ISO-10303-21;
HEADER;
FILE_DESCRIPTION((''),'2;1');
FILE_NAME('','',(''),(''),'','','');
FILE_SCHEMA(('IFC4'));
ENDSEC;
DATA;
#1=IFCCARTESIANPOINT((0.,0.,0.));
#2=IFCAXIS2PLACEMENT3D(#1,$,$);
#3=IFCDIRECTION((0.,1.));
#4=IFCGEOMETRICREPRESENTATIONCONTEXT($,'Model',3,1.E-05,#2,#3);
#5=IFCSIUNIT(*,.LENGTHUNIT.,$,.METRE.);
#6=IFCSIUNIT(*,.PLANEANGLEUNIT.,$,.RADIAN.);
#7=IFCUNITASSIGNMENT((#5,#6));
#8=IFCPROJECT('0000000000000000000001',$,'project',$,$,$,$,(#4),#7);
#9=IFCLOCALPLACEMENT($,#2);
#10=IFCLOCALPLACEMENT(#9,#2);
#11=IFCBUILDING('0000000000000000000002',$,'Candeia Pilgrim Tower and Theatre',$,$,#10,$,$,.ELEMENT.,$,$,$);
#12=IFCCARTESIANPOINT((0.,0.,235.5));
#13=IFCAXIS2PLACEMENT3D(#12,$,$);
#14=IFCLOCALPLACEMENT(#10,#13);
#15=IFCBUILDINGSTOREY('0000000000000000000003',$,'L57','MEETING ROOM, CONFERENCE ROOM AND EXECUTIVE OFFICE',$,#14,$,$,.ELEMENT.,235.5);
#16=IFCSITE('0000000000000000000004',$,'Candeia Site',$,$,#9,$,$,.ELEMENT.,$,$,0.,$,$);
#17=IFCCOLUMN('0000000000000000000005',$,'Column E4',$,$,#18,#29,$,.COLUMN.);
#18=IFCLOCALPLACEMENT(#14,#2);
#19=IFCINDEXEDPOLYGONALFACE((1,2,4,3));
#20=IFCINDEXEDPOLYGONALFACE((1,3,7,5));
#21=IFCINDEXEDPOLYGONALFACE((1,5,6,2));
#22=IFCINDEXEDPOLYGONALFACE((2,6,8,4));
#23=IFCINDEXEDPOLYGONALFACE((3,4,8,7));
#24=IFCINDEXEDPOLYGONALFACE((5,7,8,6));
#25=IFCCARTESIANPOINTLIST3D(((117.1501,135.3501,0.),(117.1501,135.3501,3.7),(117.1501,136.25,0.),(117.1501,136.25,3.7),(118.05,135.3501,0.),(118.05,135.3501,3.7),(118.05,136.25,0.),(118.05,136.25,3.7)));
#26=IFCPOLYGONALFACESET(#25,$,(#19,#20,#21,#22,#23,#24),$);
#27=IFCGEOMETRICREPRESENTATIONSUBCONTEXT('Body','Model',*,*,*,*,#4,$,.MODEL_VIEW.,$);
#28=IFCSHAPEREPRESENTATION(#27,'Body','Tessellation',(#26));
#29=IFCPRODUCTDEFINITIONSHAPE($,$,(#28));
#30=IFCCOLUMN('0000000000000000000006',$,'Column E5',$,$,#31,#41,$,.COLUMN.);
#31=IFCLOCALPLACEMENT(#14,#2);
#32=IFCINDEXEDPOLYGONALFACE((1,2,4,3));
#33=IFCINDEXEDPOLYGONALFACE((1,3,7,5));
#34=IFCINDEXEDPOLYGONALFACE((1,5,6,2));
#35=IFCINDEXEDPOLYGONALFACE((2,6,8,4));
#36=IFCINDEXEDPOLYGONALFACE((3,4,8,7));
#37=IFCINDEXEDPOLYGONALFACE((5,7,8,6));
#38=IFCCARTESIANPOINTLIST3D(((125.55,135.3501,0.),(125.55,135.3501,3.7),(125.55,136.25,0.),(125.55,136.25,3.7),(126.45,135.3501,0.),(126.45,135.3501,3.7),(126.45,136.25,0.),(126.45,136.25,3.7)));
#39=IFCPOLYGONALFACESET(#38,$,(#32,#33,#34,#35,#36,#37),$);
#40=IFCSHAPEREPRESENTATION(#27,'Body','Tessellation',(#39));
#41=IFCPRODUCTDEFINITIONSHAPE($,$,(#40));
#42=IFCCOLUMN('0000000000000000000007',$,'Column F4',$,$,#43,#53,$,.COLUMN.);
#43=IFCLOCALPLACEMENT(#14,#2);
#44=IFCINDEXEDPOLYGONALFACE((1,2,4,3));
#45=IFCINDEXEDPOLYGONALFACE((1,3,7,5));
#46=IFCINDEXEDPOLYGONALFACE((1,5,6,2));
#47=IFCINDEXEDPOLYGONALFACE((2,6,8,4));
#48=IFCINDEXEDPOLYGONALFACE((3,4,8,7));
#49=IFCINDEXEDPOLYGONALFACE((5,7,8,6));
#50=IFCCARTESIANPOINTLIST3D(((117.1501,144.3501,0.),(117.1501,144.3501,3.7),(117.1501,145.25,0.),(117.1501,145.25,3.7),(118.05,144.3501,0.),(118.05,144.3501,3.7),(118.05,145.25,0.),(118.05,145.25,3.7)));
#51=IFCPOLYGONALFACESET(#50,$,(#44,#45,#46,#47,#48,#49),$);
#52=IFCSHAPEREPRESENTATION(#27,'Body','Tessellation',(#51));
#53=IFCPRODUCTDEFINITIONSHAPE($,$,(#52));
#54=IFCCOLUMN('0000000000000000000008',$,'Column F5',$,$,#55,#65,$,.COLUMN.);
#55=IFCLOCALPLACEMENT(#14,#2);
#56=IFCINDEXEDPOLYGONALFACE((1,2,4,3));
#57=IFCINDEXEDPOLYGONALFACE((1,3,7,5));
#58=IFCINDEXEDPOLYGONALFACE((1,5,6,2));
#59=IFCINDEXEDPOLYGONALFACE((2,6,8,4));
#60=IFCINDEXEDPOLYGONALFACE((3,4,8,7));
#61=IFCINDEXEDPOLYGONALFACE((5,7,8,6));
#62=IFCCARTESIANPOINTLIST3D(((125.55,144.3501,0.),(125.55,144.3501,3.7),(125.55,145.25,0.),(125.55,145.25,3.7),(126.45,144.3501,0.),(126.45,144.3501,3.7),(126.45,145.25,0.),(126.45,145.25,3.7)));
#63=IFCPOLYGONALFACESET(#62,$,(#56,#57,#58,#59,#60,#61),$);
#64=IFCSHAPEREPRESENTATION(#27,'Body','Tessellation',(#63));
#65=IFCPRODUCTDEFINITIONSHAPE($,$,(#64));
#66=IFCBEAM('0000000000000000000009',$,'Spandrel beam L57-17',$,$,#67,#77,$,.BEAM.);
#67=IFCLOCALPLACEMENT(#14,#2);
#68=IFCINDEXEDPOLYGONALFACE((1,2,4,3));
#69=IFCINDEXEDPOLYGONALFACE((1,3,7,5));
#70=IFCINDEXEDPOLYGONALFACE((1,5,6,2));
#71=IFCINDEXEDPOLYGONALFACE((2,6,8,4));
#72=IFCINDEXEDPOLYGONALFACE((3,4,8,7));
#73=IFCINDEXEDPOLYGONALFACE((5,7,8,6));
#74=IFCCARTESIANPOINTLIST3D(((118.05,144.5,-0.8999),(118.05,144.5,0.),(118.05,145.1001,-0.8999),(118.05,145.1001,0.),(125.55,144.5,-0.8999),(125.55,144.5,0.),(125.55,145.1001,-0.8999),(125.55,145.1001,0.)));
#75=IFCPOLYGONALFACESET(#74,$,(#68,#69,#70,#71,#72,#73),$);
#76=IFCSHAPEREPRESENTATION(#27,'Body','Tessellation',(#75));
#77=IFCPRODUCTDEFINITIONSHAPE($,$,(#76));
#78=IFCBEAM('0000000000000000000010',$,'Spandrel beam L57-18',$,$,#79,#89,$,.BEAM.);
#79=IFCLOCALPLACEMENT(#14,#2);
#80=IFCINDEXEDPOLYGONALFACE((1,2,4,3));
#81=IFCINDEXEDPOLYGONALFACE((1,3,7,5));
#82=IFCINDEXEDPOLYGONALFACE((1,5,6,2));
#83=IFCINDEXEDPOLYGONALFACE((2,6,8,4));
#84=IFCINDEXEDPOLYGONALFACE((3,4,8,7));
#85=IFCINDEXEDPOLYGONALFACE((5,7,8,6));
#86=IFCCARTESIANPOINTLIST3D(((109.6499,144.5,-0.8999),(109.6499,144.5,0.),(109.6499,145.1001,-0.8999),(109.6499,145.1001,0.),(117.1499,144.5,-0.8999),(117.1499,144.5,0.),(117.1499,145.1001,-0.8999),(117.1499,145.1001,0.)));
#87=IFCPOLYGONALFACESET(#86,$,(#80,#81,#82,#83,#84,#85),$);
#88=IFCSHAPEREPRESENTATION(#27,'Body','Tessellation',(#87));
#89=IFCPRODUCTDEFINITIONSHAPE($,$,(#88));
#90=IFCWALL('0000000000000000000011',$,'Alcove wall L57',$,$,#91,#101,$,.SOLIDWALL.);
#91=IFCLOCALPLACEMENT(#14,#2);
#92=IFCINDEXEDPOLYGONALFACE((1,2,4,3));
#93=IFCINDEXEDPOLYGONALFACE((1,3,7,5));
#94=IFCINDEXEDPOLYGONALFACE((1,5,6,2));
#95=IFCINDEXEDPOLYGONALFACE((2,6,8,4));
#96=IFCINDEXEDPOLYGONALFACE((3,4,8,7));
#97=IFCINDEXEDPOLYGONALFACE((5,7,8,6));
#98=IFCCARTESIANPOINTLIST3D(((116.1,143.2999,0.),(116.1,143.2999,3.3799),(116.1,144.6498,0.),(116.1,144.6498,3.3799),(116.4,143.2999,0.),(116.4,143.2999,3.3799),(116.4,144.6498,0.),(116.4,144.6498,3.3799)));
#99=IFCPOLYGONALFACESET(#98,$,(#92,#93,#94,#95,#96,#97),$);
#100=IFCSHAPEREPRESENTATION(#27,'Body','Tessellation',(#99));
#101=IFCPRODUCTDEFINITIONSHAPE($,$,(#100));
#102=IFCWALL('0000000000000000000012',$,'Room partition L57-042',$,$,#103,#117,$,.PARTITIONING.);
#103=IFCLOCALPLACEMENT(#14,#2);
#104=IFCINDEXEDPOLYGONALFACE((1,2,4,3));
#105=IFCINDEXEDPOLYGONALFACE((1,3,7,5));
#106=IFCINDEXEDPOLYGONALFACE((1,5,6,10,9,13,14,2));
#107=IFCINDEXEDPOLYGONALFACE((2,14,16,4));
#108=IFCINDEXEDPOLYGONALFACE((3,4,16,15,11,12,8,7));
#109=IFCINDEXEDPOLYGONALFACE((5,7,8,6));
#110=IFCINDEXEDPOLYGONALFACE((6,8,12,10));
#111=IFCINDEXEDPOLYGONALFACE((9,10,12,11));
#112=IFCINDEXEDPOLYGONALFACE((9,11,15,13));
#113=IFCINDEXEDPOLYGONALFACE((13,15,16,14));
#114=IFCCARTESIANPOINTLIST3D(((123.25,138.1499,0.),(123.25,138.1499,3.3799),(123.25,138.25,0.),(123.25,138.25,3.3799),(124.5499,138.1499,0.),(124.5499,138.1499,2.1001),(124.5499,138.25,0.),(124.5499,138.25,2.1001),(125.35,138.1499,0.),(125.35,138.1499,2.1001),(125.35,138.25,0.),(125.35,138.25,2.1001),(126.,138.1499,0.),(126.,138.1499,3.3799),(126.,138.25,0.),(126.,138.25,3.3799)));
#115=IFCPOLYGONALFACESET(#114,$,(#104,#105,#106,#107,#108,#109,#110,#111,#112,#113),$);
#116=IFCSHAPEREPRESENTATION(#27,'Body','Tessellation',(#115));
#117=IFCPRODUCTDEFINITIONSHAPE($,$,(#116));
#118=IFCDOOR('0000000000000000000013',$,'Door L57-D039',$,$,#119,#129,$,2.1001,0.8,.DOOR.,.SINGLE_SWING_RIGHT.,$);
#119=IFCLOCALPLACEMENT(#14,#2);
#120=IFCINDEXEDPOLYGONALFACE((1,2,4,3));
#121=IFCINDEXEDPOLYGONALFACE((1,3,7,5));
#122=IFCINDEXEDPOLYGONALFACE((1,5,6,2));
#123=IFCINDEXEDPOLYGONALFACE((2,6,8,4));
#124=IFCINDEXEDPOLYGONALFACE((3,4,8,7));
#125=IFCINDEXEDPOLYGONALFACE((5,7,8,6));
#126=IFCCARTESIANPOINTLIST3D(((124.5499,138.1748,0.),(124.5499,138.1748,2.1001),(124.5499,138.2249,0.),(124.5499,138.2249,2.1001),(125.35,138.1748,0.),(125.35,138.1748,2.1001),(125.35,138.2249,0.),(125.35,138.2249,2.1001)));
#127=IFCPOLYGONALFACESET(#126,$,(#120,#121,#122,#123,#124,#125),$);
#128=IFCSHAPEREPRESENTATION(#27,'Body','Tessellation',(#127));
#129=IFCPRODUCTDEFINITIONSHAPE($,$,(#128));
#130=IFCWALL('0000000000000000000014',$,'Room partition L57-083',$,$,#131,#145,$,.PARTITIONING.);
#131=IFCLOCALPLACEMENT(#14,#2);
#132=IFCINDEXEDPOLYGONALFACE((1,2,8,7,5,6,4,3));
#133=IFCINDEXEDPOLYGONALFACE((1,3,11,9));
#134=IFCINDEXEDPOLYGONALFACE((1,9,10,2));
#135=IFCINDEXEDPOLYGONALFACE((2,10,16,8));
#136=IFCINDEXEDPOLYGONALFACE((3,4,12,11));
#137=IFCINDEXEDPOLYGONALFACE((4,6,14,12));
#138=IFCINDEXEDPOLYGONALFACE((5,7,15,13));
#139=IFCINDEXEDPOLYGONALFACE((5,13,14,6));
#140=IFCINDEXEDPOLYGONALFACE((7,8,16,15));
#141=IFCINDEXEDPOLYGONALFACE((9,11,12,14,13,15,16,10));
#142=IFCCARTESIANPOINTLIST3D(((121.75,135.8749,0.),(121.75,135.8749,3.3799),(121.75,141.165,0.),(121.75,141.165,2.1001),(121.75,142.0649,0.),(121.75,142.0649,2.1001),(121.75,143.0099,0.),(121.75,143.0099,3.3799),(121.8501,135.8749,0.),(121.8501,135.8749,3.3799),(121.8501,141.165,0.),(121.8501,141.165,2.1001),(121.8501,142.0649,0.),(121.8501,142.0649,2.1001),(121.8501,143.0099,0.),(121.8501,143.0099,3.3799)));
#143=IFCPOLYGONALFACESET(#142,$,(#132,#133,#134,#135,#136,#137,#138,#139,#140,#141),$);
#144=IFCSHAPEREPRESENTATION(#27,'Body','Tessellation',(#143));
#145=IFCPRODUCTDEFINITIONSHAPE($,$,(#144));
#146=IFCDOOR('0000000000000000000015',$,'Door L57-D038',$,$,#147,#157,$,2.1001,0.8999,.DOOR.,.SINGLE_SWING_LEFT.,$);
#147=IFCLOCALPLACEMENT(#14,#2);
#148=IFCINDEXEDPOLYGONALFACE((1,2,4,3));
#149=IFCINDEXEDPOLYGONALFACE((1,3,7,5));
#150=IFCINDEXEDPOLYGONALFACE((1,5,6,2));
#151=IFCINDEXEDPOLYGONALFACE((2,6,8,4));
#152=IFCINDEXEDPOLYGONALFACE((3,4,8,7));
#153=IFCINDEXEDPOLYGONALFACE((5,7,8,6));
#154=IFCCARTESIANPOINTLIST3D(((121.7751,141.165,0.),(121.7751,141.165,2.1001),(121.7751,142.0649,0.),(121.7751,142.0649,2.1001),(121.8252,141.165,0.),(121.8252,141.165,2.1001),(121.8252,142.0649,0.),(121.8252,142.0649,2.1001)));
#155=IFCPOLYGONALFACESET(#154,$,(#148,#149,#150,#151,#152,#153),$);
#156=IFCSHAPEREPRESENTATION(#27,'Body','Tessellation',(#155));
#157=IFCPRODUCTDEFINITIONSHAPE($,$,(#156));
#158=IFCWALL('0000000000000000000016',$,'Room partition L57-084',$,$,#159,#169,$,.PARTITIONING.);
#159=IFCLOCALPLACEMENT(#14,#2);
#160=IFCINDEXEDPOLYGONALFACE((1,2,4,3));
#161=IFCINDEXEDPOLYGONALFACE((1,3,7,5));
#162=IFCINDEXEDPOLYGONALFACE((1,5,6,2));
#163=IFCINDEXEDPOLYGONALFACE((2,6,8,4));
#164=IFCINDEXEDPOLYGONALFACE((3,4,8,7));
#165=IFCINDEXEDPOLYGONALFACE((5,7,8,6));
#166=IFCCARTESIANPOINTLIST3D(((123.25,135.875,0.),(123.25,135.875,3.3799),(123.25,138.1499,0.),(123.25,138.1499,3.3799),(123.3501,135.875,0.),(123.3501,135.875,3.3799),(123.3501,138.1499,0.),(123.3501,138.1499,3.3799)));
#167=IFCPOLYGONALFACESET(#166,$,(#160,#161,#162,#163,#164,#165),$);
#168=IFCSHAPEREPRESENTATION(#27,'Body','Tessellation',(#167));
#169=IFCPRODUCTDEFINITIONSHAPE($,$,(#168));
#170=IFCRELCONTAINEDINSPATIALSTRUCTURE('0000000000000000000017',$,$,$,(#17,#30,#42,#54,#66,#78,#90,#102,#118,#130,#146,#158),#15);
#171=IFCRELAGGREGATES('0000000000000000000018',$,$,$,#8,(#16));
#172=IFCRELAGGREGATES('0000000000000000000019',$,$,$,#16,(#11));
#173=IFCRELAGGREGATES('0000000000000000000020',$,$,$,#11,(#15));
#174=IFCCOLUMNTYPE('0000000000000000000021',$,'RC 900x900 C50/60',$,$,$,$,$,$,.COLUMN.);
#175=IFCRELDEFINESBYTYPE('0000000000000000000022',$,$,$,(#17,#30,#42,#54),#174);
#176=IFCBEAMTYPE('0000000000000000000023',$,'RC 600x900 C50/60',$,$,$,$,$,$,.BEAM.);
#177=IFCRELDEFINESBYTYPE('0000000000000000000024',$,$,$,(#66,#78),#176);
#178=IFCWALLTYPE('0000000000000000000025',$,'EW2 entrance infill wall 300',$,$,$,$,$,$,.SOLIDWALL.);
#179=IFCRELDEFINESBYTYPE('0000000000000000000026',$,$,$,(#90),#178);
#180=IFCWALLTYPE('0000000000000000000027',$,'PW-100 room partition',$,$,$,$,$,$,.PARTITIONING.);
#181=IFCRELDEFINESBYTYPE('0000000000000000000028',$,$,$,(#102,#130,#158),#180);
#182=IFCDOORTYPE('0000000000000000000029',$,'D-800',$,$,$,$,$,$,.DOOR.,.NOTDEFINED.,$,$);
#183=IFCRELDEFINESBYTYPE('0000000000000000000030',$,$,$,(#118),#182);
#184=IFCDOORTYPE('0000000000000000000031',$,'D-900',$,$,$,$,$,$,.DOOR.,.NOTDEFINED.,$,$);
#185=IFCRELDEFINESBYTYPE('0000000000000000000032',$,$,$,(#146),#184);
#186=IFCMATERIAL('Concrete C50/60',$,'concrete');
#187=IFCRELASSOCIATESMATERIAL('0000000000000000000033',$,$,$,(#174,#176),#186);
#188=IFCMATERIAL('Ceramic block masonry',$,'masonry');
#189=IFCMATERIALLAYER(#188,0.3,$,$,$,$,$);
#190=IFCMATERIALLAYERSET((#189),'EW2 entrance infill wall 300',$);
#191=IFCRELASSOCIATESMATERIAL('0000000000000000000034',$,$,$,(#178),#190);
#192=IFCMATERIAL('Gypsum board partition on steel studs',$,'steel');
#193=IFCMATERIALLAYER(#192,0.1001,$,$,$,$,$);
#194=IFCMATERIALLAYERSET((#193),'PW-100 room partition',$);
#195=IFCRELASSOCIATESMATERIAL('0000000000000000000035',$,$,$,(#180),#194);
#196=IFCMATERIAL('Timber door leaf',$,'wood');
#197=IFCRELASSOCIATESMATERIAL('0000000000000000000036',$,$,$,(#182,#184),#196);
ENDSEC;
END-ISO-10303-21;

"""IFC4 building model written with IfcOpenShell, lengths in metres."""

from ifc_helpers import new_model, si_unit, direction, frame, frame_2d, origin, origin_2d, place, context, subcontext, project, spatial, rectangle, extrude, material, layer, layer_set, material_profile, profile_set, type_object, element, fill, save


model = new_model("IFC4")

# Units and contexts
model_context = context("Model", 3, precision=1e-05, world=origin(), true_north=direction((0.0, 1.0)))
body_context = subcontext(model_context, "Body", "Model", "MODEL_VIEW")
ifc_project = project(units=[si_unit("LENGTHUNIT", "METRE"), si_unit("PLANEANGLEUNIT", "RADIAN")], contexts=[model_context])

# Site, building, storey
site_placement = place(None, origin())
site = spatial("IfcSite", under=ifc_project, at=site_placement, Name="Candeia Site", CompositionType="ELEMENT", RefElevation=0.0)
building_placement = place(site_placement, origin())
building = spatial("IfcBuilding", under=site, at=building_placement, Name="Candeia Pilgrim Tower and Theatre", CompositionType="ELEMENT")
storey_placement = place(building_placement, frame((0.0, 0.0, 235.5)))
storey = spatial("IfcBuildingStorey", under=building, at=storey_placement, Name="L57", Description="MEETING ROOM, CONFERENCE ROOM AND EXECUTIVE OFFICE", CompositionType="ELEMENT", Elevation=235.5)

# Columns
ifc_material_1 = material(Name="Concrete C50/60", Category="concrete")
ifc_material_profile_1 = material_profile(ifc_material_1, rectangle(XDim=0.8999, YDim=0.8999, at=origin_2d()))
ifc_profile_set_1 = profile_set([ifc_material_profile_1], Name="Concrete C50/60")
column_type = type_object("IfcColumnType", Name="RC 900x900 C50/60", PredefinedType="COLUMN", material=ifc_profile_set_1)
for number, where, z_axis, x_axis, name in (
    (1, (117.6001, 135.8, 0.0), (0.0, 0.0, 1.0), (1.0, 0.0, 0.0), "Column E4"),
    (2, (126.0, 135.8, 0.0), (0.0, 0.0, 1.0), (1.0, 0.0, 0.0), "Column E5"),
    (3, (117.6001, 144.8, 0.0), (0.0, 0.0, 1.0), (1.0, 0.0, 0.0), "Column F4"),
    (4, (126.0, 144.8, 0.0), (0.0, 0.0, 1.0), (1.0, 0.0, 0.0), "Column F5"),
):
    element("IfcColumn", number, at=place(storey_placement, frame(where, z_axis=z_axis, x_axis=x_axis)), inside=storey, type_object=column_type, Name=name, PredefinedType="COLUMN", context=body_context, shape_type="SweptSolid", body=[
        extrude(rectangle(XDim=0.8999, YDim=0.8999, at=origin_2d()), origin(), (0.0, 0.0, 1.0), 3.7),
    ])

# Beams
ifc_material_profile_2 = material_profile(ifc_material_1, rectangle(XDim=0.6001, YDim=0.8999, at=origin_2d()))
ifc_profile_set_2 = profile_set([ifc_material_profile_2], Name="Concrete C50/60")
beam_type = type_object("IfcBeamType", Name="RC 600x900 C50/60", PredefinedType="BEAM", material=ifc_profile_set_2)
for number, where, z_axis, x_axis, name in (
    (5, (125.55, 144.8, -0.45), (-1.0, 0.0, 0.0), (0.0, -1.0, 0.0), "Spandrel beam L57-17"),
    (6, (117.1499, 144.8, -0.45), (-1.0, 0.0, 0.0), (0.0, -1.0, 0.0), "Spandrel beam L57-18"),
):
    element("IfcBeam", number, at=place(storey_placement, frame(where, z_axis=z_axis, x_axis=x_axis)), inside=storey, type_object=beam_type, Name=name, PredefinedType="BEAM", context=body_context, shape_type="SweptSolid", body=[
        extrude(rectangle(XDim=0.6001, YDim=0.8999, at=origin_2d()), origin(), (0.0, 0.0, 1.0), 7.5),
    ])

# Wall
ifc_material_2 = material(Name="Ceramic block masonry", Category="masonry")
ifc_layer_1 = layer(ifc_material_2, 0.3)
ifc_layer_set_1 = layer_set([ifc_layer_1], Name="EW2 entrance infill wall 300")
wall_type_1 = type_object("IfcWallType", Name="EW2 entrance infill wall 300", PredefinedType="SOLIDWALL", material=ifc_layer_set_1)
wall_1_placement = place(storey_placement, frame((116.25, 143.3, 0.0), z_axis=(0.0, 0.0, 1.0), x_axis=(0.0, 1.0, 0.0)))
element("IfcWall", 7, at=wall_1_placement, inside=storey, type_object=wall_type_1, Name="Alcove wall L57", PredefinedType="SOLIDWALL", context=body_context, shape_type="SweptSolid", body=[
    extrude(rectangle(XDim=1.3499, YDim=0.3, at=frame_2d((0.6748, 0.0))), origin(), (0.0, 0.0, 1.0), 3.3799),
])

# Walls, openings, doors
ifc_material_3 = material(Name="Gypsum board partition on steel studs", Category="steel")
ifc_layer_2 = layer(ifc_material_3, 0.1001)
ifc_layer_set_2 = layer_set([ifc_layer_2], Name="PW-100 room partition")
wall_type_2 = type_object("IfcWallType", Name="PW-100 room partition", PredefinedType="PARTITIONING", material=ifc_layer_set_2)
wall_2_placement = place(storey_placement, frame((123.25, 138.2, 0.0), z_axis=(0.0, 0.0, 1.0), x_axis=(1.0, 0.0, 0.0)))
wall_2 = element("IfcWall", 8, at=wall_2_placement, inside=storey, type_object=wall_type_2, Name="Room partition L57-042", PredefinedType="PARTITIONING", context=body_context, shape_type="SweptSolid", body=[
    extrude(rectangle(XDim=2.75, YDim=0.1001, at=frame_2d((1.375, 0.0))), origin(), (0.0, 0.0, 1.0), 3.3799),
])
opening_1_placement = place(wall_2_placement, frame((1.3, 0.0, 0.0)))
opening_1 = element("IfcOpeningElement", 9, at=opening_1_placement, cuts=wall_2, PredefinedType="OPENING", context=body_context, shape_type="SweptSolid", body=[
    extrude(rectangle(XDim=0.8, YDim=2.1001, at=frame_2d((0.3999, 1.05))), frame((0.0, 0.0601, 0.0), z_axis=(0.0, -1.0, 0.0), x_axis=(1.0, 0.0, 0.0)), (0.0, 0.0, 1.0), 0.1201),
])
ifc_material_4 = material(Name="Timber door leaf", Category="wood")
door_type_1 = type_object("IfcDoorType", Name="D-800", OperationType="NOTDEFINED", PredefinedType="DOOR", material=ifc_material_4)
door_1_placement = place(opening_1_placement, origin())
door_1 = element("IfcDoor", 10, at=door_1_placement, inside=storey, type_object=door_type_1, Name="Door L57-D039", OperationType="SINGLE_SWING_RIGHT", OverallHeight=2.1001, OverallWidth=0.8, PredefinedType="DOOR", context=body_context, shape_type="SweptSolid", body=[
    extrude(rectangle(XDim=0.8, YDim=2.1001, at=frame_2d((0.3999, 1.05))), frame((0.0, 0.0249, 0.0), z_axis=(0.0, -1.0, 0.0), x_axis=(1.0, 0.0, 0.0)), (0.0, 0.0, 1.0), 0.05),
])
fill(opening_1, door_1)
wall_3_placement = place(storey_placement, frame((121.8, 135.875, 0.0), z_axis=(0.0, 0.0, 1.0), x_axis=(0.0, 1.0, 0.0)))
wall_3 = element("IfcWall", 11, at=wall_3_placement, inside=storey, type_object=wall_type_2, Name="Room partition L57-083", PredefinedType="PARTITIONING", context=body_context, shape_type="SweptSolid", body=[
    extrude(rectangle(XDim=7.135, YDim=0.1001, at=frame_2d((3.5674, 0.0))), origin(), (0.0, 0.0, 1.0), 3.3799),
])
opening_2_placement = place(wall_3_placement, frame((5.29, 0.0, 0.0)))
opening_2 = element("IfcOpeningElement", 12, at=opening_2_placement, cuts=wall_3, PredefinedType="OPENING", context=body_context, shape_type="SweptSolid", body=[
    extrude(rectangle(XDim=0.8999, YDim=2.1001, at=frame_2d((0.45, 1.05))), frame((0.0, 0.0601, 0.0), z_axis=(0.0, -1.0, 0.0), x_axis=(1.0, 0.0, 0.0)), (0.0, 0.0, 1.0), 0.1201),
])
door_type_2 = type_object("IfcDoorType", Name="D-900", OperationType="NOTDEFINED", PredefinedType="DOOR", material=ifc_material_4)
door_2_placement = place(opening_2_placement, origin())
door_2 = element("IfcDoor", 13, at=door_2_placement, inside=storey, type_object=door_type_2, Name="Door L57-D038", OperationType="SINGLE_SWING_LEFT", OverallHeight=2.1001, OverallWidth=0.8999, PredefinedType="DOOR", context=body_context, shape_type="SweptSolid", body=[
    extrude(rectangle(XDim=0.8999, YDim=2.1001, at=frame_2d((0.45, 1.05))), frame((0.0, 0.0249, 0.0), z_axis=(0.0, -1.0, 0.0), x_axis=(1.0, 0.0, 0.0)), (0.0, 0.0, 1.0), 0.05),
])
fill(opening_2, door_2)

# Wall
wall_4_placement = place(storey_placement, frame((123.3, 135.875, 0.0), z_axis=(0.0, 0.0, 1.0), x_axis=(0.0, 1.0, 0.0)))
element("IfcWall", 14, at=wall_4_placement, inside=storey, type_object=wall_type_2, Name="Room partition L57-084", PredefinedType="PARTITIONING", context=body_context, shape_type="SweptSolid", body=[
    extrude(rectangle(XDim=2.2749, YDim=0.1001, at=frame_2d((1.1375, 0.0))), origin(), (0.0, 0.0, 1.0), 3.3799),
])

save(model, "model.ifc")
